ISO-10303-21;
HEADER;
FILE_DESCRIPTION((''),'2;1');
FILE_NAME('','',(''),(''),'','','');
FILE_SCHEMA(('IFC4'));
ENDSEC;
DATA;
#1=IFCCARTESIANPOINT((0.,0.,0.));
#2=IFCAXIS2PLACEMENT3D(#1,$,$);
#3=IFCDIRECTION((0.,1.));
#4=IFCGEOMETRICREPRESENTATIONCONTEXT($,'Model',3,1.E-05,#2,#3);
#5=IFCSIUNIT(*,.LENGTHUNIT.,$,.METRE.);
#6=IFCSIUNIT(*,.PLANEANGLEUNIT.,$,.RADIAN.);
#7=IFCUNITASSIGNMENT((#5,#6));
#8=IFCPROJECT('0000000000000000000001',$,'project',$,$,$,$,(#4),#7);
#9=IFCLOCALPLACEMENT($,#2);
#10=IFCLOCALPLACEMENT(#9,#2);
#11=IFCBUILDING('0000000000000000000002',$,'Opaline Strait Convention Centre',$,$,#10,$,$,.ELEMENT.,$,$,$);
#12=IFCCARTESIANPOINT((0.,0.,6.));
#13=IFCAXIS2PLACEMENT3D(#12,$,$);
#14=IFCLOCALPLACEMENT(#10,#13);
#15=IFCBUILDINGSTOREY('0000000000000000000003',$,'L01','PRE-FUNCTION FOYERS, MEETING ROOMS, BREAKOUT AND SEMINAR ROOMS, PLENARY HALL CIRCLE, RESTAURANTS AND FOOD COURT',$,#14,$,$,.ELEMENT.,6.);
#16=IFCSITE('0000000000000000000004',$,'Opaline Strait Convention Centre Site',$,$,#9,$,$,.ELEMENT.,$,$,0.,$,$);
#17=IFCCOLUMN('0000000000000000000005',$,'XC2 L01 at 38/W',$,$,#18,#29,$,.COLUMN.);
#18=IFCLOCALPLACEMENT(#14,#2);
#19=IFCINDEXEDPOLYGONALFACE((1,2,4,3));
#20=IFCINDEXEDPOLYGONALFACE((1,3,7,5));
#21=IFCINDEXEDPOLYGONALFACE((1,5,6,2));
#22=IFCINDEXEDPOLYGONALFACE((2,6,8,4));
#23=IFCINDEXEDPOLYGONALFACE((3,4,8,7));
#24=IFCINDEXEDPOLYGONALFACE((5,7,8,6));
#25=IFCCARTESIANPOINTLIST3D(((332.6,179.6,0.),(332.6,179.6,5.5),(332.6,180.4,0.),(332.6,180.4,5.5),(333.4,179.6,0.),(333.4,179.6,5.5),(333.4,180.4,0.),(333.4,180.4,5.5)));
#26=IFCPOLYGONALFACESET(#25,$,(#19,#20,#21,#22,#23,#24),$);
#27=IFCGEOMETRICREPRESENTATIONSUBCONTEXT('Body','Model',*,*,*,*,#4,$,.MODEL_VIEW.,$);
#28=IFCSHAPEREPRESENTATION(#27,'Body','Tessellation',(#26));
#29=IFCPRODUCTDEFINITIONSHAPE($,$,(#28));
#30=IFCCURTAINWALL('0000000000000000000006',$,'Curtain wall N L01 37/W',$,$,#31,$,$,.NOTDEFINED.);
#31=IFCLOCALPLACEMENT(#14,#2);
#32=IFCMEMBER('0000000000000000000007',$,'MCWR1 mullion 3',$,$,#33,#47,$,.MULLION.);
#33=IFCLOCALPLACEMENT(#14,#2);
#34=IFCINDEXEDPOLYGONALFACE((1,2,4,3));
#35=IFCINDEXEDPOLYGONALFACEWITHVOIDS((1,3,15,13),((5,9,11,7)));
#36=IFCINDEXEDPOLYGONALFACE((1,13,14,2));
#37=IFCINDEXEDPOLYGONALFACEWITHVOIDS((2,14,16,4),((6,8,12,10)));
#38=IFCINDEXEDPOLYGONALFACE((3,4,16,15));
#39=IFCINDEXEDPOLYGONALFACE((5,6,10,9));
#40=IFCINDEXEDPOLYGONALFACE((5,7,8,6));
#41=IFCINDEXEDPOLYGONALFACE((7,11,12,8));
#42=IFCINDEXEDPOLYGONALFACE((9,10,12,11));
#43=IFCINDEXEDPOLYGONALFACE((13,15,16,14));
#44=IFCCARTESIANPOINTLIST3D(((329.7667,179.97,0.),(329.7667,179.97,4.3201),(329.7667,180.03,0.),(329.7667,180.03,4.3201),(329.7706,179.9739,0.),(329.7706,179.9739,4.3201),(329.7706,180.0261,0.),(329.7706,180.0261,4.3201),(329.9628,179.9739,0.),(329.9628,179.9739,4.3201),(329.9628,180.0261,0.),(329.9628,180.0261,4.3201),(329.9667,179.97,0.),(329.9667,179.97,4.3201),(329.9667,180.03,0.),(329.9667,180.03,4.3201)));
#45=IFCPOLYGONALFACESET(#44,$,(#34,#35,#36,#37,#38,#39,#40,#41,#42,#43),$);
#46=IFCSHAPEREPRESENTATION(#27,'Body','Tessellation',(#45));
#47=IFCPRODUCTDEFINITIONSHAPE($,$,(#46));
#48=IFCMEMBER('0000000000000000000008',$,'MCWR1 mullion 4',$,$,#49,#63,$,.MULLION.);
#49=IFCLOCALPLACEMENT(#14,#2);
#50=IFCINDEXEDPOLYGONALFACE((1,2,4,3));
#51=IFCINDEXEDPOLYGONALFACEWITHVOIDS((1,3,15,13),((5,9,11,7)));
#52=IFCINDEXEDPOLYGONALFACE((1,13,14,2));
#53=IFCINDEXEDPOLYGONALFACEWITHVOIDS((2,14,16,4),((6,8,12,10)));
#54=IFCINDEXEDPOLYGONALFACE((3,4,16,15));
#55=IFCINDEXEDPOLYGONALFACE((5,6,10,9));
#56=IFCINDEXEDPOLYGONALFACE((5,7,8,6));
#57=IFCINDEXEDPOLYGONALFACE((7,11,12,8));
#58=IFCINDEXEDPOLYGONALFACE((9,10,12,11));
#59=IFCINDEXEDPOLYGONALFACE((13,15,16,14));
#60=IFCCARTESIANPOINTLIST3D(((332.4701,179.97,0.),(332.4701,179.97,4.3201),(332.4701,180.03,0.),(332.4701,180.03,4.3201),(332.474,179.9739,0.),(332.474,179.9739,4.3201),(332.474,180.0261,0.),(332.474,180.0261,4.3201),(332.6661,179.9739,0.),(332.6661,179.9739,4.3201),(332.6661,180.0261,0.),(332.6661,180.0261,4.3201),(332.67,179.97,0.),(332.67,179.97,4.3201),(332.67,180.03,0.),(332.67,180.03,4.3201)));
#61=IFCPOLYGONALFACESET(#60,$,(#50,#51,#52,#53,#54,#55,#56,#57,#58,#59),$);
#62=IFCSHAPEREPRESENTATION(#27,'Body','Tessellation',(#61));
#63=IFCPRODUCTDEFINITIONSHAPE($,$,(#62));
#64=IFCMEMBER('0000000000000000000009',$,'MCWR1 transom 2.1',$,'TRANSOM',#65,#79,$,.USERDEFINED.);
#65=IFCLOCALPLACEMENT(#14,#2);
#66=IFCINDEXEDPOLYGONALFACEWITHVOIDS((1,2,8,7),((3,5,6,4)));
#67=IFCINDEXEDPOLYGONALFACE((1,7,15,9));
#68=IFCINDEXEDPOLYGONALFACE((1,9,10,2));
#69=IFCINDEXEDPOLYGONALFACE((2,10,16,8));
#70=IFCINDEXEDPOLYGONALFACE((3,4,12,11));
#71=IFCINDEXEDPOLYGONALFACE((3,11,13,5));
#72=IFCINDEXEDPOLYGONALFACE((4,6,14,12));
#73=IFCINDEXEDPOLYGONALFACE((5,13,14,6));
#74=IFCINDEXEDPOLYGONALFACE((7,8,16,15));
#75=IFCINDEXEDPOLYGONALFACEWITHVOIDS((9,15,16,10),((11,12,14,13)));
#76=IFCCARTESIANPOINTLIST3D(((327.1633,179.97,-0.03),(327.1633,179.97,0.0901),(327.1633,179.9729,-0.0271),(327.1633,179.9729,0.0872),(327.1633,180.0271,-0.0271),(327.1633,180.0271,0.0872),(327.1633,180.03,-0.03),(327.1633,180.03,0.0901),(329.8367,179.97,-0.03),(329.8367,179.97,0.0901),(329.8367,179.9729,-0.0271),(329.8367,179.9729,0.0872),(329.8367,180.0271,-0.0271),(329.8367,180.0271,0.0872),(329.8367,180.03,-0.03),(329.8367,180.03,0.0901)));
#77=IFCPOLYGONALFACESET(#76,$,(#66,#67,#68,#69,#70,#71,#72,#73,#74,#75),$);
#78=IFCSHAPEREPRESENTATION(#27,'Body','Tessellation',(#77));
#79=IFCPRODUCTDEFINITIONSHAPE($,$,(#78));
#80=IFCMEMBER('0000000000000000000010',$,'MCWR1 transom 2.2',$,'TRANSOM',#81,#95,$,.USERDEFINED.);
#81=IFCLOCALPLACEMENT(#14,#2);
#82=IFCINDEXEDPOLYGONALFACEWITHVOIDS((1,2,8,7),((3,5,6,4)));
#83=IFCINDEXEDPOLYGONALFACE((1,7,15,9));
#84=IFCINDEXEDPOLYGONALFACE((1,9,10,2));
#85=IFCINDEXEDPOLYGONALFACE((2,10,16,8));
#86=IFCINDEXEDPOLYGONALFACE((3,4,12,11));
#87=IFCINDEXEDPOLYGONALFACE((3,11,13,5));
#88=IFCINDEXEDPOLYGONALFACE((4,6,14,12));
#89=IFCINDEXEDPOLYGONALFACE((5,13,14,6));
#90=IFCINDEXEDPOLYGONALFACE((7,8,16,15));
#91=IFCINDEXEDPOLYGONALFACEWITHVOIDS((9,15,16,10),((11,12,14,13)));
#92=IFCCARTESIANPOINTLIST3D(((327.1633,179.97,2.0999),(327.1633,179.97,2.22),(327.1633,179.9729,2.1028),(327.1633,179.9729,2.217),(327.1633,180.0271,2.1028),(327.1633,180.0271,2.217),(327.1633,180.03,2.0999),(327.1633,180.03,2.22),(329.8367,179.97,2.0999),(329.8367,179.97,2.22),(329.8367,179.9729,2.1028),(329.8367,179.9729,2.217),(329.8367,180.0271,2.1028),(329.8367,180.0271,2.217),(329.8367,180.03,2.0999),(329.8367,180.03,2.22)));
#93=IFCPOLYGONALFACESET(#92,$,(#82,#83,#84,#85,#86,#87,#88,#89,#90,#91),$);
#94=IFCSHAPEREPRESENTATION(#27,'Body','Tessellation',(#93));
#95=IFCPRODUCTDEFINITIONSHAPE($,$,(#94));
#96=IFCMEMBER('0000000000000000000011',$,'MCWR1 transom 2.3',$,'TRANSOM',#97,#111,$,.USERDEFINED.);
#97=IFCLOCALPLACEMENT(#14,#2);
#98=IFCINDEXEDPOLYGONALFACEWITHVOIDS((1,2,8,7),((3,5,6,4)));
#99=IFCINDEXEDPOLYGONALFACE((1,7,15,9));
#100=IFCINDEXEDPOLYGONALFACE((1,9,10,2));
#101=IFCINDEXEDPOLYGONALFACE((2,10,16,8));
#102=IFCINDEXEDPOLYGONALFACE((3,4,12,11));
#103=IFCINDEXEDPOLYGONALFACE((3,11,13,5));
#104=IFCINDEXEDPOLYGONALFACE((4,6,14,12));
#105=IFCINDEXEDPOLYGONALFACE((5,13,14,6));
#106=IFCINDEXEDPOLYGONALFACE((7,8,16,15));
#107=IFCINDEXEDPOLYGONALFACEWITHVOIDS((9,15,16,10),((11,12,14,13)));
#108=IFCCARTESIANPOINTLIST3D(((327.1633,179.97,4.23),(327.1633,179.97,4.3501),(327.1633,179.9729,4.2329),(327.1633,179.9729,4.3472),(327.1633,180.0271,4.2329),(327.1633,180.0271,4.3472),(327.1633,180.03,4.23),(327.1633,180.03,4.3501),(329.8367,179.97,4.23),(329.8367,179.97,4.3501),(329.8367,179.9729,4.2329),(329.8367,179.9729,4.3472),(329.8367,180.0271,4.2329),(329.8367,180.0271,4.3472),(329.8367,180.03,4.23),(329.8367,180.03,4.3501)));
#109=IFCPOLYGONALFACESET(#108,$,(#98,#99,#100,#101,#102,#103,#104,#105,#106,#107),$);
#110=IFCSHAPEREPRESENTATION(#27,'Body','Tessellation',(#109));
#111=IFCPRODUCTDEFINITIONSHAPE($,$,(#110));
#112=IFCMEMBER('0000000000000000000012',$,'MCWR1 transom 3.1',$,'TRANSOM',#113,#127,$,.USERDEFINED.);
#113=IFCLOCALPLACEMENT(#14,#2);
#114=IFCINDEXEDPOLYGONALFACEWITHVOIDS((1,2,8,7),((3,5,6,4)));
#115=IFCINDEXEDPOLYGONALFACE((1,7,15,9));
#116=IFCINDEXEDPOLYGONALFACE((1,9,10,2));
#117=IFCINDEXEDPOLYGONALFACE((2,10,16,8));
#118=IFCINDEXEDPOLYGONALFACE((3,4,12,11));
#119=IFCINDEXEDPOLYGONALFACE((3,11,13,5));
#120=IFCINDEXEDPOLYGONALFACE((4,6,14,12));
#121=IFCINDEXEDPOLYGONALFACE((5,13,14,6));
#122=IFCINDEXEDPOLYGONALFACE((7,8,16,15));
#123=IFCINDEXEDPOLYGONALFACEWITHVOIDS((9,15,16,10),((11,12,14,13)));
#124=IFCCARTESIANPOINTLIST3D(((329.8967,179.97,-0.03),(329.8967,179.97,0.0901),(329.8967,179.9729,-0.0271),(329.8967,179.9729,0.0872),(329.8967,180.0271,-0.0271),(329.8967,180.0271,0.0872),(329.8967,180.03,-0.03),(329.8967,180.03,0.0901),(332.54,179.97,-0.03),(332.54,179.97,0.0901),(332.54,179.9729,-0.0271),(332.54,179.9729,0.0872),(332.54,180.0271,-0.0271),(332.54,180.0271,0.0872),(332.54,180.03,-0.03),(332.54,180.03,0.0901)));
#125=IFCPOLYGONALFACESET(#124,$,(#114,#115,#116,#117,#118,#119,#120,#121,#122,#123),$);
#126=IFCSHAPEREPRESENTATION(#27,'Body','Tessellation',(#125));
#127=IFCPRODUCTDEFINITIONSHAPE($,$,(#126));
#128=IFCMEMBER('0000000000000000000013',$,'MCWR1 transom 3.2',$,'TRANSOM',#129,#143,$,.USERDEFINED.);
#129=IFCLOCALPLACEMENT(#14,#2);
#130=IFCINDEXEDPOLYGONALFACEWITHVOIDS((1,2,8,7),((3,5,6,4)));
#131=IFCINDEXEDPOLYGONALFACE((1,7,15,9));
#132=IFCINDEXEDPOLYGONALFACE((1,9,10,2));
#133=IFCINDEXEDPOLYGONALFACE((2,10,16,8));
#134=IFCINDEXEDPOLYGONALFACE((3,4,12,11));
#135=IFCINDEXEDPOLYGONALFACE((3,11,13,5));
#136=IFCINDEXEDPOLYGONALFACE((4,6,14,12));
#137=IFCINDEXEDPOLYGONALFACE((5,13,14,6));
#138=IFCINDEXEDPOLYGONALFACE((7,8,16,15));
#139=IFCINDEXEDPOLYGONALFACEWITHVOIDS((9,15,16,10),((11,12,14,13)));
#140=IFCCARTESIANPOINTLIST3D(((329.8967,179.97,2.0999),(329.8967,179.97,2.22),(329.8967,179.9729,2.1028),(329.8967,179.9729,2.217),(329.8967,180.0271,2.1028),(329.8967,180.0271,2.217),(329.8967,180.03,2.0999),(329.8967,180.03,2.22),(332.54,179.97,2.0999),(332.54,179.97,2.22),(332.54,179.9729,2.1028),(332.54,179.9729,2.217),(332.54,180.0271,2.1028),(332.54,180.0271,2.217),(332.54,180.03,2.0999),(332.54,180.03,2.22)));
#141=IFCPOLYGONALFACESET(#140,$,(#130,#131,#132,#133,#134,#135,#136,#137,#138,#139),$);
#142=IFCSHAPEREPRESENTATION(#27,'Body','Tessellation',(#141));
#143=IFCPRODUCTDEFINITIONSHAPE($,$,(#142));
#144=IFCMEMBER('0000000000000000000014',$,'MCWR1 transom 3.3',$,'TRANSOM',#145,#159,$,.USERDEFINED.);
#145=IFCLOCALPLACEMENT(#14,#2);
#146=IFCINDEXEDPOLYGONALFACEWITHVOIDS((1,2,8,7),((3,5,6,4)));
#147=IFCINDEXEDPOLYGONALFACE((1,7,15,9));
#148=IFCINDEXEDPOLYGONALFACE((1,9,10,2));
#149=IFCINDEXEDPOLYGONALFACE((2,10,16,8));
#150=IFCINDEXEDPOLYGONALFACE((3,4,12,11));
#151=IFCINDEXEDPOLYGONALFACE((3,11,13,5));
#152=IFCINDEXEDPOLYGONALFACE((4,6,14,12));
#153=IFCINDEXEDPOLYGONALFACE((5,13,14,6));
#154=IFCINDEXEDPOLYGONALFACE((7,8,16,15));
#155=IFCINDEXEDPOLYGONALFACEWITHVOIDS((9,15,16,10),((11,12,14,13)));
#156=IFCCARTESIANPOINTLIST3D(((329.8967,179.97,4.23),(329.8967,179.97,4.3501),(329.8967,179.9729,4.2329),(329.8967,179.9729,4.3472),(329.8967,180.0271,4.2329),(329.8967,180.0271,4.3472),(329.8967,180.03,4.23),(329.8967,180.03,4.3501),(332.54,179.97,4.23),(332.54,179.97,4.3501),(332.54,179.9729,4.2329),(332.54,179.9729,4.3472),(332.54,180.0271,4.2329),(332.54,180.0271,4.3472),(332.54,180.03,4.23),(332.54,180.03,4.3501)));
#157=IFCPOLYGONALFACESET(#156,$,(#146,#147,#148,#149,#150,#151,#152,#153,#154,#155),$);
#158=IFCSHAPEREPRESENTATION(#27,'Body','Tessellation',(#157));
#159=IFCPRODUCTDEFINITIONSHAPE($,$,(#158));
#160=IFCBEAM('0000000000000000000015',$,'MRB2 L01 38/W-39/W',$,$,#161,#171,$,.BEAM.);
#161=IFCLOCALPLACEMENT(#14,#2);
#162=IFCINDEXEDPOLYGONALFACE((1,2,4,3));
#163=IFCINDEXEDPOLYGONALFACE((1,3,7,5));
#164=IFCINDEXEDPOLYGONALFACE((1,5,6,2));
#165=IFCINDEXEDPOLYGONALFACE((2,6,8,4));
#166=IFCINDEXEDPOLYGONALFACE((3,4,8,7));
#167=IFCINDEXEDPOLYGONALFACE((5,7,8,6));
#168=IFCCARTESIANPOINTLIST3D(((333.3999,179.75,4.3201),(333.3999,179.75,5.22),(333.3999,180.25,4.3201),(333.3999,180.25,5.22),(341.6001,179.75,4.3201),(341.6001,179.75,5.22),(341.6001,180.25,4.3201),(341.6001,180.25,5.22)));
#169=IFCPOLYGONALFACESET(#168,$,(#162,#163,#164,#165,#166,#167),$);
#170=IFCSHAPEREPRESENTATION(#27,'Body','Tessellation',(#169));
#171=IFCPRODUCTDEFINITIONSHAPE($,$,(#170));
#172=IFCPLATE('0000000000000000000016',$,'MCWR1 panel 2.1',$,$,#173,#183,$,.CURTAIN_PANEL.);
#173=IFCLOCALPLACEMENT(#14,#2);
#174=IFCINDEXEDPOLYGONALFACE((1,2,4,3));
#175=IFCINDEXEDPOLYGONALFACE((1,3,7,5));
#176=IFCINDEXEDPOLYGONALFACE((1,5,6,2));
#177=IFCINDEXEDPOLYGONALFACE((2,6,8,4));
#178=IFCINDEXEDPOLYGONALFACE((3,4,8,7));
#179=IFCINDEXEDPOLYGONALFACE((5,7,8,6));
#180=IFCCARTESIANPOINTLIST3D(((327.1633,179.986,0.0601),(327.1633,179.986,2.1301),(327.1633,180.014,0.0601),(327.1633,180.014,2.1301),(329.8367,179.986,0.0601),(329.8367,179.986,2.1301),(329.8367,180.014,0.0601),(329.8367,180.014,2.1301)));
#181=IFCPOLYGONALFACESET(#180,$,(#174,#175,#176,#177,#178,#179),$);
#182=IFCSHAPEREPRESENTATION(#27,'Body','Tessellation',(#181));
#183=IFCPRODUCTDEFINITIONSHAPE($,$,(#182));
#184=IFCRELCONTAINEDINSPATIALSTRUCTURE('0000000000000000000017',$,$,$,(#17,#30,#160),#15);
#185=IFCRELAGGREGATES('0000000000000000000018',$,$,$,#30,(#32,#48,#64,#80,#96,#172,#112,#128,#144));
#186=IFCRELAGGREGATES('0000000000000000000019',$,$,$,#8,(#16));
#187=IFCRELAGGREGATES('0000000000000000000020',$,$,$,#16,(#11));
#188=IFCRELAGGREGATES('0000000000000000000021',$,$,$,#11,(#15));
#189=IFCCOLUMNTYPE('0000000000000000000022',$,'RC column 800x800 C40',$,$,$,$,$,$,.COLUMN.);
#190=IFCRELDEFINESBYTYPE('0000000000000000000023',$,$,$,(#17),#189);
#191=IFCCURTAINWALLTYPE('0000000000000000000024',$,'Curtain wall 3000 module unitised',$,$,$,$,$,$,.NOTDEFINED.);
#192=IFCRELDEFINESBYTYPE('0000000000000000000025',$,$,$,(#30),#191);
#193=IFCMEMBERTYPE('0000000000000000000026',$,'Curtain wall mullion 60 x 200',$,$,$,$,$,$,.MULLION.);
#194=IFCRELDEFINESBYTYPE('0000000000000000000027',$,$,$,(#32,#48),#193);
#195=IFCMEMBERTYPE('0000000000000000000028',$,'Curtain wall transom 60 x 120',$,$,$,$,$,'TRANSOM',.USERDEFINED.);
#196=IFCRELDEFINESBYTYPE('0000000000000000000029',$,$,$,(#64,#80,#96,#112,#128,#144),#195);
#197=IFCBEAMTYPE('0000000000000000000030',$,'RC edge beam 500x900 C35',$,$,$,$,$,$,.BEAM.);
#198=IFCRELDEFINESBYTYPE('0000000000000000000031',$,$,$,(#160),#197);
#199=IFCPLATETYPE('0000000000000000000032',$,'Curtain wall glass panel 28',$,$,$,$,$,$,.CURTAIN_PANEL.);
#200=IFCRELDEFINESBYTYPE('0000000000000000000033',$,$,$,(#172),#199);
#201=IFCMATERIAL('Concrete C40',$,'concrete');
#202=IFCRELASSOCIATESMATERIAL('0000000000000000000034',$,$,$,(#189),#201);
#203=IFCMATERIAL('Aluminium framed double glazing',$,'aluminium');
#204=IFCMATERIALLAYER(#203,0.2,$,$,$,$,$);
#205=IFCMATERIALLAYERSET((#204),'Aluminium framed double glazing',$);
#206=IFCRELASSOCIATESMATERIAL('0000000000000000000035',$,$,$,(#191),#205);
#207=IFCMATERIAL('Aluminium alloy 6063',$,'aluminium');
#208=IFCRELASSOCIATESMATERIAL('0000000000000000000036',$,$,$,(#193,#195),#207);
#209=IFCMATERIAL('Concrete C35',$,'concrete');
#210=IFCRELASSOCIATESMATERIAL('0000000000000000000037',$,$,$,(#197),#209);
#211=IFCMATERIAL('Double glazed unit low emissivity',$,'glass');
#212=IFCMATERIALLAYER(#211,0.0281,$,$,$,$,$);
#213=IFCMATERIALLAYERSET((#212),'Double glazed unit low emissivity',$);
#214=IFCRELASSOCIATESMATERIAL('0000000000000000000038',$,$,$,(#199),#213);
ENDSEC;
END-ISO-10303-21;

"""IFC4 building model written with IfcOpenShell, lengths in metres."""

from ifc_helpers import new_model, si_unit, direction, frame, origin, origin_2d, place, context, subcontext, project, spatial, rectangle, hollow_rectangle, extrude, material, layer, layer_set, material_profile, profile_set, type_object, element, aggregate, save


model = new_model("IFC4")

# Units and contexts
model_context = context("Model", 3, precision=1e-05, world=origin(), true_north=direction((0.0, 1.0)))
body_context = subcontext(model_context, "Body", "Model", "MODEL_VIEW")
ifc_project = project(units=[si_unit("LENGTHUNIT", "METRE"), si_unit("PLANEANGLEUNIT", "RADIAN")], contexts=[model_context])

# Site, building, storey
site_placement = place(None, origin())
site = spatial("IfcSite", under=ifc_project, at=site_placement, Name="Opaline Strait Convention Centre Site", CompositionType="ELEMENT", RefElevation=0.0)
building_placement = place(site_placement, origin())
building = spatial("IfcBuilding", under=site, at=building_placement, Name="Opaline Strait Convention Centre", CompositionType="ELEMENT")
storey_placement = place(building_placement, frame((0.0, 0.0, 6.0)))
storey = spatial("IfcBuildingStorey", under=building, at=storey_placement, Name="L01", Description="PRE-FUNCTION FOYERS, MEETING ROOMS, BREAKOUT AND SEMINAR ROOMS, PLENARY HALL CIRCLE, RESTAURANTS AND FOOD COURT", CompositionType="ELEMENT", Elevation=6.0)

# Column
ifc_material_1 = material(Name="Concrete C40", Category="concrete")
ifc_material_profile_1 = material_profile(ifc_material_1, rectangle(XDim=0.8, YDim=0.8, at=origin_2d()), Name="RC 800x800")
ifc_profile_set_1 = profile_set([ifc_material_profile_1], Name="Concrete C40")
column_type = type_object("IfcColumnType", Name="RC column 800x800 C40", PredefinedType="COLUMN", material=ifc_profile_set_1)
column_placement = place(storey_placement, frame((333.0, 180.0, 0.0), z_axis=(0.0, 0.0, 1.0), x_axis=(1.0, 0.0, 0.0)))
element("IfcColumn", 1, at=column_placement, inside=storey, type_object=column_type, Name="XC2 L01 at 38/W", PredefinedType="COLUMN", context=body_context, shape_type="SweptSolid", body=[
    extrude(rectangle(XDim=0.8, YDim=0.8, at=origin_2d()), origin(), (0.0, 0.0, 1.0), 5.5),
])

# Curtain wall, members
ifc_material_2 = material(Name="Aluminium framed double glazing", Category="aluminium")
ifc_layer_1 = layer(ifc_material_2, 0.2)
ifc_layer_set_1 = layer_set([ifc_layer_1], Name="Aluminium framed double glazing")
curtain_wall_type = type_object("IfcCurtainWallType", Name="Curtain wall 3000 module unitised", PredefinedType="NOTDEFINED", material=ifc_layer_set_1)
curtain_wall_placement = place(storey_placement, origin())
curtain_wall = element("IfcCurtainWall", 2, at=curtain_wall_placement, inside=storey, type_object=curtain_wall_type, Name="Curtain wall N L01 37/W", PredefinedType="NOTDEFINED")
ifc_material_3 = material(Name="Aluminium alloy 6063", Category="aluminium")
ifc_material_profile_2 = material_profile(ifc_material_3, hollow_rectangle(XDim=0.0601, YDim=0.2, WallThickness=0.0039, at=origin_2d()), Name="MULLION 60x200x4")
ifc_profile_set_2 = profile_set([ifc_material_profile_2], Name="Aluminium alloy 6063")
member_type_1 = type_object("IfcMemberType", Name="Curtain wall mullion 60 x 200", PredefinedType="MULLION", material=ifc_profile_set_2)
member_1_placement = place(storey_placement, frame((329.8667, 180.0, 0.0), z_axis=(0.0, 0.0, 1.0), x_axis=(0.0, 1.0, 0.0)))
member_1 = element("IfcMember", 3, at=member_1_placement, type_object=member_type_1, Name="MCWR1 mullion 3", PredefinedType="MULLION", context=body_context, shape_type="SweptSolid", body=[
    extrude(hollow_rectangle(XDim=0.0601, YDim=0.2, WallThickness=0.0039, at=origin_2d()), origin(), (0.0, 0.0, 1.0), 4.3201),
])
member_2_placement = place(storey_placement, frame((332.5701, 180.0, 0.0), z_axis=(0.0, 0.0, 1.0), x_axis=(0.0, 1.0, 0.0)))
member_2 = element("IfcMember", 4, at=member_2_placement, type_object=member_type_1, Name="MCWR1 mullion 4", PredefinedType="MULLION", context=body_context, shape_type="SweptSolid", body=[
    extrude(hollow_rectangle(XDim=0.0601, YDim=0.2, WallThickness=0.0039, at=origin_2d()), origin(), (0.0, 0.0, 1.0), 4.3201),
])
ifc_material_profile_3 = material_profile(ifc_material_3, hollow_rectangle(XDim=0.0601, YDim=0.1201, WallThickness=0.0029, at=origin_2d()), Name="TRANSOM 60x120x3")
ifc_profile_set_3 = profile_set([ifc_material_profile_3], Name="Aluminium alloy 6063")
member_type_2 = type_object("IfcMemberType", Name="Curtain wall transom 60 x 120", ElementType="TRANSOM", PredefinedType="USERDEFINED", material=ifc_profile_set_3)
member_3_placement = place(storey_placement, frame((327.1633, 180.0, 0.03), z_axis=(1.0, 0.0, 0.0), x_axis=(0.0, 1.0, 0.0)))
member_3 = element("IfcMember", 5, at=member_3_placement, type_object=member_type_2, Name="MCWR1 transom 2.1", ObjectType="TRANSOM", PredefinedType="USERDEFINED", context=body_context, shape_type="SweptSolid", body=[
    extrude(hollow_rectangle(XDim=0.0601, YDim=0.1201, WallThickness=0.0029, at=origin_2d()), origin(), (0.0, 0.0, 1.0), 2.6733),
])
member_4_placement = place(storey_placement, frame((327.1633, 180.0, 2.1599), z_axis=(1.0, 0.0, 0.0), x_axis=(0.0, 1.0, 0.0)))
member_4 = element("IfcMember", 6, at=member_4_placement, type_object=member_type_2, Name="MCWR1 transom 2.2", ObjectType="TRANSOM", PredefinedType="USERDEFINED", context=body_context, shape_type="SweptSolid", body=[
    extrude(hollow_rectangle(XDim=0.0601, YDim=0.1201, WallThickness=0.0029, at=origin_2d()), origin(), (0.0, 0.0, 1.0), 2.6733),
])
member_5_placement = place(storey_placement, frame((327.1633, 180.0, 4.29), z_axis=(1.0, 0.0, 0.0), x_axis=(0.0, 1.0, 0.0)))
member_5 = element("IfcMember", 7, at=member_5_placement, type_object=member_type_2, Name="MCWR1 transom 2.3", ObjectType="TRANSOM", PredefinedType="USERDEFINED", context=body_context, shape_type="SweptSolid", body=[
    extrude(hollow_rectangle(XDim=0.0601, YDim=0.1201, WallThickness=0.0029, at=origin_2d()), origin(), (0.0, 0.0, 1.0), 2.6733),
])
member_6_placement = place(storey_placement, frame((329.8967, 180.0, 0.03), z_axis=(1.0, 0.0, 0.0), x_axis=(0.0, 1.0, 0.0)))
member_6 = element("IfcMember", 8, at=member_6_placement, type_object=member_type_2, Name="MCWR1 transom 3.1", ObjectType="TRANSOM", PredefinedType="USERDEFINED", context=body_context, shape_type="SweptSolid", body=[
    extrude(hollow_rectangle(XDim=0.0601, YDim=0.1201, WallThickness=0.0029, at=origin_2d()), origin(), (0.0, 0.0, 1.0), 2.6433),
])
member_7_placement = place(storey_placement, frame((329.8967, 180.0, 2.1599), z_axis=(1.0, 0.0, 0.0), x_axis=(0.0, 1.0, 0.0)))
member_7 = element("IfcMember", 9, at=member_7_placement, type_object=member_type_2, Name="MCWR1 transom 3.2", ObjectType="TRANSOM", PredefinedType="USERDEFINED", context=body_context, shape_type="SweptSolid", body=[
    extrude(hollow_rectangle(XDim=0.0601, YDim=0.1201, WallThickness=0.0029, at=origin_2d()), origin(), (0.0, 0.0, 1.0), 2.6433),
])
member_8_placement = place(storey_placement, frame((329.8967, 180.0, 4.29), z_axis=(1.0, 0.0, 0.0), x_axis=(0.0, 1.0, 0.0)))
member_8 = element("IfcMember", 10, at=member_8_placement, type_object=member_type_2, Name="MCWR1 transom 3.3", ObjectType="TRANSOM", PredefinedType="USERDEFINED", context=body_context, shape_type="SweptSolid", body=[
    extrude(hollow_rectangle(XDim=0.0601, YDim=0.1201, WallThickness=0.0029, at=origin_2d()), origin(), (0.0, 0.0, 1.0), 2.6433),
])

# Beam
ifc_material_4 = material(Name="Concrete C35", Category="concrete")
ifc_material_profile_4 = material_profile(ifc_material_4, rectangle(XDim=0.5, YDim=0.8999, at=origin_2d()), Name="RC 500x900")
ifc_profile_set_4 = profile_set([ifc_material_profile_4], Name="Concrete C35")
beam_type = type_object("IfcBeamType", Name="RC edge beam 500x900 C35", PredefinedType="BEAM", material=ifc_profile_set_4)
beam_placement = place(storey_placement, frame((333.3999, 180.0, 4.77), z_axis=(1.0, 0.0, 0.0), x_axis=(0.0, 1.0, 0.0)))
element("IfcBeam", 11, at=beam_placement, inside=storey, type_object=beam_type, Name="MRB2 L01 38/W-39/W", PredefinedType="BEAM", context=body_context, shape_type="SweptSolid", body=[
    extrude(rectangle(XDim=0.5, YDim=0.8999, at=origin_2d()), origin(), (0.0, 0.0, 1.0), 8.2002),
])

# Plate
ifc_material_5 = material(Name="Double glazed unit low emissivity", Category="glass")
ifc_layer_2 = layer(ifc_material_5, 0.0281)
ifc_layer_set_2 = layer_set([ifc_layer_2], Name="Double glazed unit low emissivity")
plate_type = type_object("IfcPlateType", Name="Curtain wall glass panel 28", PredefinedType="CURTAIN_PANEL", material=ifc_layer_set_2)
plate_1_placement = place(storey_placement, frame((328.5, 180.0, 0.0601), z_axis=(0.0, 0.0, 1.0), x_axis=(1.0, 0.0, 0.0)))
plate_1 = element("IfcPlate", 12, at=plate_1_placement, type_object=plate_type, Name="MCWR1 panel 2.1", PredefinedType="CURTAIN_PANEL", context=body_context, shape_type="SweptSolid", body=[
    extrude(rectangle(XDim=2.6733, YDim=0.0281, at=origin_2d()), origin(), (0.0, 0.0, 1.0), 2.0701),
])
aggregate(curtain_wall, [member_1, member_2, member_3, member_4, member_5, plate_1, member_6, member_7, member_8])

save(model, "model.ifc")
